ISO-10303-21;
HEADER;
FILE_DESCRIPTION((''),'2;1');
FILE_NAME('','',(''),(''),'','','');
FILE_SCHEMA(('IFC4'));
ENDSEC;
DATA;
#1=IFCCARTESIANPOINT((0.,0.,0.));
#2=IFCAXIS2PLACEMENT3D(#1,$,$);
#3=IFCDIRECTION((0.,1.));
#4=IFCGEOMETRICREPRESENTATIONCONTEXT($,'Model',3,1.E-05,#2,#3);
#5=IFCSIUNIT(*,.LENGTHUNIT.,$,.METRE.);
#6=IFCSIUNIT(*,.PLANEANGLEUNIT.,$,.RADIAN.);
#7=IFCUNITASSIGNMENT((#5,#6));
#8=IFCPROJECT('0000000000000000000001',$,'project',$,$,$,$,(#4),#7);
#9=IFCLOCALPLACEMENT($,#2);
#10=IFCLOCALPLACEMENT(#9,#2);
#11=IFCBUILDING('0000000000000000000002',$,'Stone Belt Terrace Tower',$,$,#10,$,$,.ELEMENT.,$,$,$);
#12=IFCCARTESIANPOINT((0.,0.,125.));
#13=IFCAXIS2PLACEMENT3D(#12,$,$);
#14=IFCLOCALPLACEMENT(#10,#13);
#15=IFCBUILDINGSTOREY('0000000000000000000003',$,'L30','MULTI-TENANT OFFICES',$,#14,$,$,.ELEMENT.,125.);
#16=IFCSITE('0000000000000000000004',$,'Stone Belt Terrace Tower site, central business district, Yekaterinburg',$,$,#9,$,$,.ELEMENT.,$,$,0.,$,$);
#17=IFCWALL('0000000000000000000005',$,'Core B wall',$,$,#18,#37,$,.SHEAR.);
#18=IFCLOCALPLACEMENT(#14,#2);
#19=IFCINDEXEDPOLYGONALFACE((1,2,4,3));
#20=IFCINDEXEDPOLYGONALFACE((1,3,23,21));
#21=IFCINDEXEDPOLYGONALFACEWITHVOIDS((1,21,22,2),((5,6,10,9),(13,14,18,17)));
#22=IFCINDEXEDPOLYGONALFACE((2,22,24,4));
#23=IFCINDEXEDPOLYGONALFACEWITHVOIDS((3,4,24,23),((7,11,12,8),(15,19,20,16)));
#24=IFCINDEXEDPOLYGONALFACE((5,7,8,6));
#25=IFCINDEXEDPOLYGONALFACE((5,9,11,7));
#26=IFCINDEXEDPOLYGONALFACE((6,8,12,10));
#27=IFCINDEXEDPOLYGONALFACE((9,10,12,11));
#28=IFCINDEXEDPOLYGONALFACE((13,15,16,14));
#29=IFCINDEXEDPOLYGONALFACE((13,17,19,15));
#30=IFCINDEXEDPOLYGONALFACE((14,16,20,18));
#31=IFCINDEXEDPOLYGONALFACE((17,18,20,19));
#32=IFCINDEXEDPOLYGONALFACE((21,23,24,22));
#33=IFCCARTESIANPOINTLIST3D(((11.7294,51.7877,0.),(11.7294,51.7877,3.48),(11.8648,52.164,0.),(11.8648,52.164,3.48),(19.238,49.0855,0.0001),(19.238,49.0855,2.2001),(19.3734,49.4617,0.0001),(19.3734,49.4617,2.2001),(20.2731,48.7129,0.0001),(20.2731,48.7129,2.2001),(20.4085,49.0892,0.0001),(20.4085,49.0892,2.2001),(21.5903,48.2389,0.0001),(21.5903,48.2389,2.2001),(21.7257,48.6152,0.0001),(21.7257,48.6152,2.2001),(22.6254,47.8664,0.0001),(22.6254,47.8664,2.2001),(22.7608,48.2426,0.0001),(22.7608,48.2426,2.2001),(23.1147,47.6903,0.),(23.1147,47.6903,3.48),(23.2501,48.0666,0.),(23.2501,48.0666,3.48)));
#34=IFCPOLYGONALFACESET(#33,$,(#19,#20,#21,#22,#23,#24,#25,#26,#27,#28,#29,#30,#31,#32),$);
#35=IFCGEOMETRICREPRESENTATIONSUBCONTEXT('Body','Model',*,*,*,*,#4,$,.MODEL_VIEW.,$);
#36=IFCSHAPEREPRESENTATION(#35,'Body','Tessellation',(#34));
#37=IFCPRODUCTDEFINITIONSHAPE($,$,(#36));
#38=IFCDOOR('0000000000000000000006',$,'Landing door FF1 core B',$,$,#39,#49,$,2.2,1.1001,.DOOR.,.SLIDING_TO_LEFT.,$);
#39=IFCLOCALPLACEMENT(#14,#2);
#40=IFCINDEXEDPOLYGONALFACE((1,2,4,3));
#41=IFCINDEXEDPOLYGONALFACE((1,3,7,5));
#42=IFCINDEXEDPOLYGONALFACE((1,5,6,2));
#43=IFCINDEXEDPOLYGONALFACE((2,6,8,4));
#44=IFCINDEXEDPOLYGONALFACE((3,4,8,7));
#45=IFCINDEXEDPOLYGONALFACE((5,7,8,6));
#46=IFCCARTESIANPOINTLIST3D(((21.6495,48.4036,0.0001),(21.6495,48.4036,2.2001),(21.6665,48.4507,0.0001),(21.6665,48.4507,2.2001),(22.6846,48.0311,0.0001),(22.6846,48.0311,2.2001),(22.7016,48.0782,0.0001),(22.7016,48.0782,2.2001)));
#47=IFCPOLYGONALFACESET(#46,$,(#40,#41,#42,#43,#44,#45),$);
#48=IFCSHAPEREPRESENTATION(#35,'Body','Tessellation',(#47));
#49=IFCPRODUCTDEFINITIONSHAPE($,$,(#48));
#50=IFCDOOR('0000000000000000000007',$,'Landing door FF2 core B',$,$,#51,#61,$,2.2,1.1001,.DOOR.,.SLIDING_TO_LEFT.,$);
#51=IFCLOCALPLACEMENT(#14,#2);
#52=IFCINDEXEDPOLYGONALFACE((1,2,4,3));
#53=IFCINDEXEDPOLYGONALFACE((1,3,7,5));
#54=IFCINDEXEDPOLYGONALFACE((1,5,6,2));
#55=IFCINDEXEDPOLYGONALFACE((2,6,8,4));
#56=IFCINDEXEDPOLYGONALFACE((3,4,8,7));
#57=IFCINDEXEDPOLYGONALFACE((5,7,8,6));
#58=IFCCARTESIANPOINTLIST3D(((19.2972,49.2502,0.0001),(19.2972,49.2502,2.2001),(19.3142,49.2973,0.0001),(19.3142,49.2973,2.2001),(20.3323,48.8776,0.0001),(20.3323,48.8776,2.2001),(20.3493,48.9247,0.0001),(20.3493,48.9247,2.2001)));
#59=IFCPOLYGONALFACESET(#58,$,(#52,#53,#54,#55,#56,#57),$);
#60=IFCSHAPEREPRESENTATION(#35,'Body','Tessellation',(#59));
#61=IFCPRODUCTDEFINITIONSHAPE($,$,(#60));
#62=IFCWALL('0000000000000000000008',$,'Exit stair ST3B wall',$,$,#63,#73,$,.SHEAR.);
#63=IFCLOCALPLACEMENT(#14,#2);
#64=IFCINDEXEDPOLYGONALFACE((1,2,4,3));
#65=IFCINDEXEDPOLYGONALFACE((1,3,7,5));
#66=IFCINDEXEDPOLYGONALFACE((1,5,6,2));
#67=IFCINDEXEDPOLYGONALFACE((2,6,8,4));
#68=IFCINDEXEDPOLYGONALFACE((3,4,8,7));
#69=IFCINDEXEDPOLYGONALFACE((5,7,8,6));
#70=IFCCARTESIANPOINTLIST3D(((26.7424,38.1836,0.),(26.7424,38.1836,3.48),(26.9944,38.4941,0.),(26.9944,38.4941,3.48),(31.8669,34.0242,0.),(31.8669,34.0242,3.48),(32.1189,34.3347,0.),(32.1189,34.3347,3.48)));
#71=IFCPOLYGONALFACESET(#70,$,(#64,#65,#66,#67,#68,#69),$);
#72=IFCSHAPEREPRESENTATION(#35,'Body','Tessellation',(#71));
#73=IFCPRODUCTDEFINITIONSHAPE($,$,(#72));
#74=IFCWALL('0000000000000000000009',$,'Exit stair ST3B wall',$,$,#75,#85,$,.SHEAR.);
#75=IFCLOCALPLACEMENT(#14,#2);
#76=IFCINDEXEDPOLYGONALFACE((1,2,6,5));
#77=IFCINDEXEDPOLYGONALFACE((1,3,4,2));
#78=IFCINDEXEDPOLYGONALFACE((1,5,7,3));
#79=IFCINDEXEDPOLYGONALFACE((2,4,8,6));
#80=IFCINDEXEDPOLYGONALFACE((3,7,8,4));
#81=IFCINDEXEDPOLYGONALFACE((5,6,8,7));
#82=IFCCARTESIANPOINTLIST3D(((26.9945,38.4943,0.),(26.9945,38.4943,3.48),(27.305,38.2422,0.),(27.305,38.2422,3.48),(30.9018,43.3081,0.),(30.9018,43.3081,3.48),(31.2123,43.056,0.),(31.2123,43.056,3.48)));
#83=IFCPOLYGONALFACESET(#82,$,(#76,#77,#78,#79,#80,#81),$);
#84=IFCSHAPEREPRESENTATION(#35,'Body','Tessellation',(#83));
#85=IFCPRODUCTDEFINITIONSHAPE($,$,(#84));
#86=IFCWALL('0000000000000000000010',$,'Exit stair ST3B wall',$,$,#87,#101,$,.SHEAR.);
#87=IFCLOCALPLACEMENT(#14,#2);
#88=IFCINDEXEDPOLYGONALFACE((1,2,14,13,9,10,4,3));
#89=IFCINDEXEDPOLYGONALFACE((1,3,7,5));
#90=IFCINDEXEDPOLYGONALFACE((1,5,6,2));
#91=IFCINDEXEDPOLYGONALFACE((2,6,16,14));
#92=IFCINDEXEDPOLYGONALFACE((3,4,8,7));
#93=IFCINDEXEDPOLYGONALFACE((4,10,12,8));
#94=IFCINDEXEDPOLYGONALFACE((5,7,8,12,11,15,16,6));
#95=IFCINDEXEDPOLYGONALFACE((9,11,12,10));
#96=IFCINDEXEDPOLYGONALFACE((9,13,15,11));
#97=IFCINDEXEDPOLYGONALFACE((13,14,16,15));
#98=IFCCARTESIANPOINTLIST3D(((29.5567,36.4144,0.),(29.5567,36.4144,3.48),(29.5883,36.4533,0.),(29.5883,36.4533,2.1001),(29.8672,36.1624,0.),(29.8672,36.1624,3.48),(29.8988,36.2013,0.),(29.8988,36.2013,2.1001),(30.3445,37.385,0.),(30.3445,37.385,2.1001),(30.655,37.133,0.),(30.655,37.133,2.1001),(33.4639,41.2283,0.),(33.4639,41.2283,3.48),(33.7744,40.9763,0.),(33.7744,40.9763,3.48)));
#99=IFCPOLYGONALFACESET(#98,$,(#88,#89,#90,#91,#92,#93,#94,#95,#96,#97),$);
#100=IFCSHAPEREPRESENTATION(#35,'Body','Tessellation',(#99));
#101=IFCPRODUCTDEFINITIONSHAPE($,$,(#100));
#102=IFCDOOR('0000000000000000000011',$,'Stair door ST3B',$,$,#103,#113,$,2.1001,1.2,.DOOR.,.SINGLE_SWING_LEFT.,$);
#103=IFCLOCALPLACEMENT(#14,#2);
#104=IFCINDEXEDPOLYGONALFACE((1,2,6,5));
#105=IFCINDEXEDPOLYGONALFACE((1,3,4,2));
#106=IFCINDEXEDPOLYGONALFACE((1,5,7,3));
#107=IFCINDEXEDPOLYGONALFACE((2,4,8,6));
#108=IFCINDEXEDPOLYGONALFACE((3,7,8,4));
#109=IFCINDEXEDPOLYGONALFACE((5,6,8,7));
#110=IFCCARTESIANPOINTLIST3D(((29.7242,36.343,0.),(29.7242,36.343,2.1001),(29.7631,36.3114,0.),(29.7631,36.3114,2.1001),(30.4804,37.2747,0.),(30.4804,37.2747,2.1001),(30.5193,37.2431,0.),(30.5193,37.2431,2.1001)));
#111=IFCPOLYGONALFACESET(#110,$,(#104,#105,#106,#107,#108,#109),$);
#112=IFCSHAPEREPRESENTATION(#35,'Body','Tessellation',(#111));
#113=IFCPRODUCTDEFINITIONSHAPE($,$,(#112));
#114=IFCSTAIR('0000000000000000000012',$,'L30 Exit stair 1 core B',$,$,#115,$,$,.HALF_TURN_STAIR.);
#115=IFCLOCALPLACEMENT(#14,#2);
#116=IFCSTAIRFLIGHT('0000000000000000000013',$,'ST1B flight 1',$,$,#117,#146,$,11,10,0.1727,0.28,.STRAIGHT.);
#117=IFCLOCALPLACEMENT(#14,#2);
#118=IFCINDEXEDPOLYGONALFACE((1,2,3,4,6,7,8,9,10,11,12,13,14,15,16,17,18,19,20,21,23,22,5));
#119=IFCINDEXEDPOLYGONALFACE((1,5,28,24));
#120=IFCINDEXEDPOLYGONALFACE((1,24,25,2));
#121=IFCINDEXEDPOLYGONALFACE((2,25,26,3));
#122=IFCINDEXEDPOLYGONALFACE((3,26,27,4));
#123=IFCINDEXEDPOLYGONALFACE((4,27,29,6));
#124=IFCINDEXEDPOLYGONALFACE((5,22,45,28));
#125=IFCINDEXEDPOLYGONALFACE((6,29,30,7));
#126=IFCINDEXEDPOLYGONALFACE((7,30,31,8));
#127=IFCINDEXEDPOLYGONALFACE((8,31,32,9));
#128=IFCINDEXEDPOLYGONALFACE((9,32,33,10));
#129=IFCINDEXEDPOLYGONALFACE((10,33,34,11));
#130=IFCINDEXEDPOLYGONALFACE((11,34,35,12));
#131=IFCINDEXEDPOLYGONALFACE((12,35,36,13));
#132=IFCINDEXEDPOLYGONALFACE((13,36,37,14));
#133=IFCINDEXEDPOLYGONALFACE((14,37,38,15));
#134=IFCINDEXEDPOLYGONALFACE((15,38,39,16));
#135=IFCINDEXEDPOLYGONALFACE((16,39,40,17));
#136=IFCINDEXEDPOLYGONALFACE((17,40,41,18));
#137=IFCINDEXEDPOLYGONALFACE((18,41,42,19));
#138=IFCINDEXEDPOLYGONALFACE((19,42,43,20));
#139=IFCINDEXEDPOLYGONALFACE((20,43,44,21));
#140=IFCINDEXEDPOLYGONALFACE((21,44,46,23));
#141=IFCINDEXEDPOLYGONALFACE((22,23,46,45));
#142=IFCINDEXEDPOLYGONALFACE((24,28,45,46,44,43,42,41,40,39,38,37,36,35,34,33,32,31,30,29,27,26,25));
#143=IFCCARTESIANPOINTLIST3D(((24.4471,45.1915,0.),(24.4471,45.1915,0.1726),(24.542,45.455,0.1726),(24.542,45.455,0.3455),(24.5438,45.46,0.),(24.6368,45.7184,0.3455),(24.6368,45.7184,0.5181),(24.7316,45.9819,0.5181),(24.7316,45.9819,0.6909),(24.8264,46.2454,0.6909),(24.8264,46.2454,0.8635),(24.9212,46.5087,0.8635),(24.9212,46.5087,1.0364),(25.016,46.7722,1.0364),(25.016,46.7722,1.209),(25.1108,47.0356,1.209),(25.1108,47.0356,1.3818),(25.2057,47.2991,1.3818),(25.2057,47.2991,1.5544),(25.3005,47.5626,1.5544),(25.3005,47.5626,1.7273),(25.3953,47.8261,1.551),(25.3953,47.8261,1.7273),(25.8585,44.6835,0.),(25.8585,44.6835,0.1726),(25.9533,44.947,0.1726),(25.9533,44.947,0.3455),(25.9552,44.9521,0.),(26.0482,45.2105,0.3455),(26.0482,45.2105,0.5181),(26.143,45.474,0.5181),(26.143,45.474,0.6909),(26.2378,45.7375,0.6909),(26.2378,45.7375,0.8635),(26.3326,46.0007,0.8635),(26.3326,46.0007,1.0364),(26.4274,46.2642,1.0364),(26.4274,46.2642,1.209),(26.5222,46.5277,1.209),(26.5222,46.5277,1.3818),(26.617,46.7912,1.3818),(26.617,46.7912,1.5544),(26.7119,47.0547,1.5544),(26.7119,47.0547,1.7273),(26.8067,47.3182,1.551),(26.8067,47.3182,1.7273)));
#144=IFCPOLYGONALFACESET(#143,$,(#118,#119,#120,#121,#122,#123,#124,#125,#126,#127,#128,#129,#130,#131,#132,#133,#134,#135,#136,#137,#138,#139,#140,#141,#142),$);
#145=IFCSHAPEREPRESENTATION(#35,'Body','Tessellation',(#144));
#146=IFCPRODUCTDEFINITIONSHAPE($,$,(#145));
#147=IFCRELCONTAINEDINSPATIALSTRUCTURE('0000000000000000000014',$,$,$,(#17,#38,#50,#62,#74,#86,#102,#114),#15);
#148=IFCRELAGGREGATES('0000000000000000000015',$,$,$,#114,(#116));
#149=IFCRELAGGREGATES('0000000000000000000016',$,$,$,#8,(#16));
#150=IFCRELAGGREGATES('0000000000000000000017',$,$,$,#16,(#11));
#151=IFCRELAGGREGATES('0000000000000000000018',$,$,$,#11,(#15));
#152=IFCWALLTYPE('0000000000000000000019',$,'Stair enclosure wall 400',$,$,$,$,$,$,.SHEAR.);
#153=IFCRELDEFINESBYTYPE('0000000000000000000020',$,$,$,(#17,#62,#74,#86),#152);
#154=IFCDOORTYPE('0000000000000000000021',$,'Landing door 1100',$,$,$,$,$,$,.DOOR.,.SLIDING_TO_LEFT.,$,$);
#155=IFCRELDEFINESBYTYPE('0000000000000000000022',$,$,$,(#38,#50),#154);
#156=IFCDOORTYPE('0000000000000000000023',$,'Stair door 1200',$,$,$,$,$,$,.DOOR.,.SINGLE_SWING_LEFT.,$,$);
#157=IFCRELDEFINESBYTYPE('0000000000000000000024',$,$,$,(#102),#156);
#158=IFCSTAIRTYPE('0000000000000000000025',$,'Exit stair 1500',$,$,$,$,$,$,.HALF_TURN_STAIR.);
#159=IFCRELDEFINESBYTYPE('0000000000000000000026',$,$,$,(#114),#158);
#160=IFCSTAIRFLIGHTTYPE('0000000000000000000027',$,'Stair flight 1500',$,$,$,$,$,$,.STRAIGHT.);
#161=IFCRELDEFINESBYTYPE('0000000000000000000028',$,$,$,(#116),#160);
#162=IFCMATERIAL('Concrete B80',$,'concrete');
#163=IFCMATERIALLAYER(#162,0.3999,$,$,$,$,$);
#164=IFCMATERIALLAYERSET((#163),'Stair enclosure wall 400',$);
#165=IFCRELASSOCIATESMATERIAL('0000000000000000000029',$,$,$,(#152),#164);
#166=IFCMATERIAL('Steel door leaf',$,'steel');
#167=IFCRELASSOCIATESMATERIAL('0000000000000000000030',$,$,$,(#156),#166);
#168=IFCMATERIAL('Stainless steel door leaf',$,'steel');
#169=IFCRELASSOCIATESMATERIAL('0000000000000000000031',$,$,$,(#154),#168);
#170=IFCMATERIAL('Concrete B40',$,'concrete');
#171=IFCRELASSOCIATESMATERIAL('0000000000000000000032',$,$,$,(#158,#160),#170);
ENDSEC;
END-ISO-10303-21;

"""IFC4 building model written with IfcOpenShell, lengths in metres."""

from ifc_helpers import new_model, si_unit, direction, frame, frame_2d, origin, place, context, subcontext, project, spatial, polyline, rectangle, outline, extrude, material, layer, layer_set, type_object, element, fill, aggregate, save


model = new_model("IFC4")

# Units and contexts
model_context = context("Model", 3, precision=1e-05, world=origin(), true_north=direction((0.0, 1.0)))
body_context = subcontext(model_context, "Body", "Model", "MODEL_VIEW")
ifc_project = project(units=[si_unit("LENGTHUNIT", "METRE"), si_unit("PLANEANGLEUNIT", "RADIAN")], contexts=[model_context])

# Site, building, storey
site_placement = place(None, origin())
site = spatial("IfcSite", under=ifc_project, at=site_placement, Name="Stone Belt Terrace Tower site, central business district, Yekaterinburg", CompositionType="ELEMENT", RefElevation=0.0)
building_placement = place(site_placement, origin())
building = spatial("IfcBuilding", under=site, at=building_placement, Name="Stone Belt Terrace Tower", CompositionType="ELEMENT")
storey_placement = place(building_placement, frame((0.0, 0.0, 125.0)))
storey = spatial("IfcBuildingStorey", under=building, at=storey_placement, Name="L30", Description="MULTI-TENANT OFFICES", CompositionType="ELEMENT", Elevation=125.0)

# Shared definitions
ifc_material_1 = material(Name="Concrete B80", Category="concrete")

# Shared definitions
ifc_layer_1 = layer(ifc_material_1, 0.3999)
ifc_layer_set_1 = layer_set([ifc_layer_1], Name="Stair enclosure wall 400")
wall_type_1 = type_object("IfcWallType", Name="Stair enclosure wall 400", PredefinedType="SHEAR", material=ifc_layer_set_1)
ifc_material_2 = material(Name="Steel door leaf", Category="steel")
door_type_1 = type_object("IfcDoorType", Name="Stair door 1200", OperationType="SINGLE_SWING_LEFT", PredefinedType="DOOR", material=ifc_material_2)

# Wall, openings, doors
wall_1_placement = place(storey_placement, frame((23.1824, 47.8784, 0.0), z_axis=(0.0, 0.0, 1.0), x_axis=(-0.940921, 0.338626, 0.0)))
wall_1 = element("IfcWall", 1, at=wall_1_placement, inside=storey, type_object=wall_type_1, Name="Core B wall", PredefinedType="SHEAR", context=body_context, shape_type="SweptSolid", body=[
    extrude(rectangle(XDim=12.1001, YDim=0.3999, at=frame_2d((6.05, 0.0))), origin(), (0.0, 0.0, 1.0), 3.48),
])
opening_1_placement = place(wall_1_placement, frame((0.52, 0.0, 0.0)))
opening_1 = element("IfcOpeningElement", 2, at=opening_1_placement, cuts=wall_1, PredefinedType="OPENING", context=body_context, shape_type="SweptSolid", body=[
    extrude(rectangle(XDim=1.1001, YDim=2.2, at=frame_2d((0.55, 1.1001))), frame((0.0, 0.21, 0.0), z_axis=(0.0, -1.0, 0.0), x_axis=(1.0, 0.0, 0.0)), (0.0, 0.0, 1.0), 0.4199),
])
opening_2_placement = place(wall_1_placement, frame((3.02, 0.0, 0.0)))
opening_2 = element("IfcOpeningElement", 3, at=opening_2_placement, cuts=wall_1, PredefinedType="OPENING", context=body_context, shape_type="SweptSolid", body=[
    extrude(rectangle(XDim=1.1001, YDim=2.2, at=frame_2d((0.55, 1.1001))), frame((0.0, 0.21, 0.0), z_axis=(0.0, -1.0, 0.0), x_axis=(1.0, 0.0, 0.0)), (0.0, 0.0, 1.0), 0.4199),
])
ifc_material_3 = material(Name="Stainless steel door leaf", Category="steel")
door_type_2 = type_object("IfcDoorType", Name="Landing door 1100", OperationType="SLIDING_TO_LEFT", PredefinedType="DOOR", material=ifc_material_3)
door_1_placement = place(opening_1_placement, origin())
door_1 = element("IfcDoor", 4, at=door_1_placement, inside=storey, type_object=door_type_2, Name="Landing door FF1 core B", OperationType="SLIDING_TO_LEFT", OverallHeight=2.2, OverallWidth=1.1001, PredefinedType="DOOR", context=body_context, shape_type="SweptSolid", body=[
    extrude(rectangle(XDim=1.1001, YDim=2.2, at=frame_2d((0.55, 1.1001))), frame((0.0, 0.0249, 0.0), z_axis=(0.0, -1.0, 0.0), x_axis=(1.0, 0.0, 0.0)), (0.0, 0.0, 1.0), 0.05),
])
fill(opening_1, door_1)
door_2_placement = place(opening_2_placement, origin())
door_2 = element("IfcDoor", 5, at=door_2_placement, inside=storey, type_object=door_type_2, Name="Landing door FF2 core B", OperationType="SLIDING_TO_LEFT", OverallHeight=2.2, OverallWidth=1.1001, PredefinedType="DOOR", context=body_context, shape_type="SweptSolid", body=[
    extrude(rectangle(XDim=1.1001, YDim=2.2, at=frame_2d((0.55, 1.1001))), frame((0.0, 0.0249, 0.0), z_axis=(0.0, -1.0, 0.0), x_axis=(1.0, 0.0, 0.0)), (0.0, 0.0, 1.0), 0.05),
])
fill(opening_2, door_2)

# Walls
wall_2_placement = place(storey_placement, frame((26.8684, 38.3389, 0.0), z_axis=(0.0, 0.0, 1.0), x_axis=(0.776428, -0.630205, 0.0)))
element("IfcWall", 6, at=wall_2_placement, inside=storey, type_object=wall_type_1, Name="Exit stair ST3B wall", PredefinedType="SHEAR", context=body_context, shape_type="SweptSolid", body=[
    extrude(rectangle(XDim=6.6001, YDim=0.3999, at=frame_2d((3.3, 0.0))), origin(), (0.0, 0.0, 1.0), 3.48),
])
wall_3_placement = place(storey_placement, frame((27.1497, 38.3682, 0.0), z_axis=(0.0, 0.0, 1.0), x_axis=(0.630212, 0.776423, 0.0)))
element("IfcWall", 7, at=wall_3_placement, inside=storey, type_object=wall_type_1, Name="Exit stair ST3B wall", PredefinedType="SHEAR", context=body_context, shape_type="SweptSolid", body=[
    extrude(rectangle(XDim=6.2, YDim=0.3999, at=frame_2d((3.1001, 0.0))), origin(), (0.0, 0.0, 1.0), 3.48),
])

# Wall, opening, door
wall_4_placement = place(storey_placement, frame((29.7119, 36.2883, 0.0), z_axis=(0.0, 0.0, 1.0), x_axis=(0.630192, 0.776439, 0.0)))
wall_4 = element("IfcWall", 8, at=wall_4_placement, inside=storey, type_object=wall_type_1, Name="Exit stair ST3B wall", PredefinedType="SHEAR", context=body_context, shape_type="SweptSolid", body=[
    extrude(rectangle(XDim=6.2, YDim=0.3999, at=frame_2d((3.1001, 0.0))), origin(), (0.0, 0.0, 1.0), 3.48),
])
opening_3_placement = place(wall_4_placement, frame((0.05, 0.0, 0.0)))
opening_3 = element("IfcOpeningElement", 9, at=opening_3_placement, cuts=wall_4, PredefinedType="OPENING", context=body_context, shape_type="SweptSolid", body=[
    extrude(rectangle(XDim=1.2, YDim=2.1001, at=frame_2d((0.6001, 1.05))), frame((0.0, 0.21, 0.0), z_axis=(0.0, -1.0, 0.0), x_axis=(1.0, 0.0, 0.0)), (0.0, 0.0, 1.0), 0.4199),
])
door_3_placement = place(opening_3_placement, origin())
door_3 = element("IfcDoor", 10, at=door_3_placement, inside=storey, type_object=door_type_1, Name="Stair door ST3B", OperationType="SINGLE_SWING_LEFT", OverallHeight=2.1001, OverallWidth=1.2, PredefinedType="DOOR", context=body_context, shape_type="SweptSolid", body=[
    extrude(rectangle(XDim=1.2, YDim=2.1001, at=frame_2d((0.6001, 1.05))), frame((0.0, 0.0249, 0.0), z_axis=(0.0, -1.0, 0.0), x_axis=(1.0, 0.0, 0.0)), (0.0, 0.0, 1.0), 0.05),
])
fill(opening_3, door_3)

# Stair, stair flight
ifc_material_4 = material(Name="Concrete B40", Category="concrete")
stair_type = type_object("IfcStairType", Name="Exit stair 1500", PredefinedType="HALF_TURN_STAIR", material=ifc_material_4)
stair_1_placement = place(storey_placement, origin())
stair_1 = element("IfcStair", 11, at=stair_1_placement, inside=storey, type_object=stair_type, Name="L30 Exit stair 1 core B", PredefinedType="HALF_TURN_STAIR")
stair_flight_type = type_object("IfcStairFlightType", Name="Stair flight 1500", PredefinedType="STRAIGHT", material=ifc_material_4)
stair_flight_1_placement = place(storey_placement, frame((25.1528, 44.9375, 0.0), z_axis=(0.0, 0.0, 1.0), x_axis=(0.338624, 0.940922, 0.0)))
stair_flight_1 = element("IfcStairFlight", 12, at=stair_flight_1_placement, type_object=stair_flight_type, Name="ST1B flight 1", NumberOfRisers=11, NumberOfTreads=10, PredefinedType="STRAIGHT", RiserHeight=0.1727, TreadLength=0.28, context=body_context, shape_type="SweptSolid", body=[
    extrude(outline(polyline([(0.0, 0.0), (0.0, 0.1726), (0.28, 0.1726), (0.28, 0.3455), (0.5601, 0.3455), (0.5601, 0.5181), (0.8401, 0.5181), (0.8401, 0.6909), (1.1201, 0.6909), (1.1201, 0.8635), (1.3999, 0.8635), (1.3999, 1.0364), (1.6799, 1.0364), (1.6799, 1.209), (1.96, 1.209), (1.96, 1.3818), (2.24, 1.3818), (2.24, 1.5544), (2.52, 1.5544), (2.52, 1.7273), (2.8, 1.7273), (2.8, 1.8999), (2.8, 1.551), (0.2854, 0.0), (0.0, 0.0)])), frame((0.0, 0.75, 0.0), z_axis=(0.0, -1.0, 0.0), x_axis=(1.0, 0.0, 0.0)), (0.0, 0.0, 1.0), 1.5),
])
aggregate(stair_1, [stair_flight_1])

save(model, "model.ifc")
